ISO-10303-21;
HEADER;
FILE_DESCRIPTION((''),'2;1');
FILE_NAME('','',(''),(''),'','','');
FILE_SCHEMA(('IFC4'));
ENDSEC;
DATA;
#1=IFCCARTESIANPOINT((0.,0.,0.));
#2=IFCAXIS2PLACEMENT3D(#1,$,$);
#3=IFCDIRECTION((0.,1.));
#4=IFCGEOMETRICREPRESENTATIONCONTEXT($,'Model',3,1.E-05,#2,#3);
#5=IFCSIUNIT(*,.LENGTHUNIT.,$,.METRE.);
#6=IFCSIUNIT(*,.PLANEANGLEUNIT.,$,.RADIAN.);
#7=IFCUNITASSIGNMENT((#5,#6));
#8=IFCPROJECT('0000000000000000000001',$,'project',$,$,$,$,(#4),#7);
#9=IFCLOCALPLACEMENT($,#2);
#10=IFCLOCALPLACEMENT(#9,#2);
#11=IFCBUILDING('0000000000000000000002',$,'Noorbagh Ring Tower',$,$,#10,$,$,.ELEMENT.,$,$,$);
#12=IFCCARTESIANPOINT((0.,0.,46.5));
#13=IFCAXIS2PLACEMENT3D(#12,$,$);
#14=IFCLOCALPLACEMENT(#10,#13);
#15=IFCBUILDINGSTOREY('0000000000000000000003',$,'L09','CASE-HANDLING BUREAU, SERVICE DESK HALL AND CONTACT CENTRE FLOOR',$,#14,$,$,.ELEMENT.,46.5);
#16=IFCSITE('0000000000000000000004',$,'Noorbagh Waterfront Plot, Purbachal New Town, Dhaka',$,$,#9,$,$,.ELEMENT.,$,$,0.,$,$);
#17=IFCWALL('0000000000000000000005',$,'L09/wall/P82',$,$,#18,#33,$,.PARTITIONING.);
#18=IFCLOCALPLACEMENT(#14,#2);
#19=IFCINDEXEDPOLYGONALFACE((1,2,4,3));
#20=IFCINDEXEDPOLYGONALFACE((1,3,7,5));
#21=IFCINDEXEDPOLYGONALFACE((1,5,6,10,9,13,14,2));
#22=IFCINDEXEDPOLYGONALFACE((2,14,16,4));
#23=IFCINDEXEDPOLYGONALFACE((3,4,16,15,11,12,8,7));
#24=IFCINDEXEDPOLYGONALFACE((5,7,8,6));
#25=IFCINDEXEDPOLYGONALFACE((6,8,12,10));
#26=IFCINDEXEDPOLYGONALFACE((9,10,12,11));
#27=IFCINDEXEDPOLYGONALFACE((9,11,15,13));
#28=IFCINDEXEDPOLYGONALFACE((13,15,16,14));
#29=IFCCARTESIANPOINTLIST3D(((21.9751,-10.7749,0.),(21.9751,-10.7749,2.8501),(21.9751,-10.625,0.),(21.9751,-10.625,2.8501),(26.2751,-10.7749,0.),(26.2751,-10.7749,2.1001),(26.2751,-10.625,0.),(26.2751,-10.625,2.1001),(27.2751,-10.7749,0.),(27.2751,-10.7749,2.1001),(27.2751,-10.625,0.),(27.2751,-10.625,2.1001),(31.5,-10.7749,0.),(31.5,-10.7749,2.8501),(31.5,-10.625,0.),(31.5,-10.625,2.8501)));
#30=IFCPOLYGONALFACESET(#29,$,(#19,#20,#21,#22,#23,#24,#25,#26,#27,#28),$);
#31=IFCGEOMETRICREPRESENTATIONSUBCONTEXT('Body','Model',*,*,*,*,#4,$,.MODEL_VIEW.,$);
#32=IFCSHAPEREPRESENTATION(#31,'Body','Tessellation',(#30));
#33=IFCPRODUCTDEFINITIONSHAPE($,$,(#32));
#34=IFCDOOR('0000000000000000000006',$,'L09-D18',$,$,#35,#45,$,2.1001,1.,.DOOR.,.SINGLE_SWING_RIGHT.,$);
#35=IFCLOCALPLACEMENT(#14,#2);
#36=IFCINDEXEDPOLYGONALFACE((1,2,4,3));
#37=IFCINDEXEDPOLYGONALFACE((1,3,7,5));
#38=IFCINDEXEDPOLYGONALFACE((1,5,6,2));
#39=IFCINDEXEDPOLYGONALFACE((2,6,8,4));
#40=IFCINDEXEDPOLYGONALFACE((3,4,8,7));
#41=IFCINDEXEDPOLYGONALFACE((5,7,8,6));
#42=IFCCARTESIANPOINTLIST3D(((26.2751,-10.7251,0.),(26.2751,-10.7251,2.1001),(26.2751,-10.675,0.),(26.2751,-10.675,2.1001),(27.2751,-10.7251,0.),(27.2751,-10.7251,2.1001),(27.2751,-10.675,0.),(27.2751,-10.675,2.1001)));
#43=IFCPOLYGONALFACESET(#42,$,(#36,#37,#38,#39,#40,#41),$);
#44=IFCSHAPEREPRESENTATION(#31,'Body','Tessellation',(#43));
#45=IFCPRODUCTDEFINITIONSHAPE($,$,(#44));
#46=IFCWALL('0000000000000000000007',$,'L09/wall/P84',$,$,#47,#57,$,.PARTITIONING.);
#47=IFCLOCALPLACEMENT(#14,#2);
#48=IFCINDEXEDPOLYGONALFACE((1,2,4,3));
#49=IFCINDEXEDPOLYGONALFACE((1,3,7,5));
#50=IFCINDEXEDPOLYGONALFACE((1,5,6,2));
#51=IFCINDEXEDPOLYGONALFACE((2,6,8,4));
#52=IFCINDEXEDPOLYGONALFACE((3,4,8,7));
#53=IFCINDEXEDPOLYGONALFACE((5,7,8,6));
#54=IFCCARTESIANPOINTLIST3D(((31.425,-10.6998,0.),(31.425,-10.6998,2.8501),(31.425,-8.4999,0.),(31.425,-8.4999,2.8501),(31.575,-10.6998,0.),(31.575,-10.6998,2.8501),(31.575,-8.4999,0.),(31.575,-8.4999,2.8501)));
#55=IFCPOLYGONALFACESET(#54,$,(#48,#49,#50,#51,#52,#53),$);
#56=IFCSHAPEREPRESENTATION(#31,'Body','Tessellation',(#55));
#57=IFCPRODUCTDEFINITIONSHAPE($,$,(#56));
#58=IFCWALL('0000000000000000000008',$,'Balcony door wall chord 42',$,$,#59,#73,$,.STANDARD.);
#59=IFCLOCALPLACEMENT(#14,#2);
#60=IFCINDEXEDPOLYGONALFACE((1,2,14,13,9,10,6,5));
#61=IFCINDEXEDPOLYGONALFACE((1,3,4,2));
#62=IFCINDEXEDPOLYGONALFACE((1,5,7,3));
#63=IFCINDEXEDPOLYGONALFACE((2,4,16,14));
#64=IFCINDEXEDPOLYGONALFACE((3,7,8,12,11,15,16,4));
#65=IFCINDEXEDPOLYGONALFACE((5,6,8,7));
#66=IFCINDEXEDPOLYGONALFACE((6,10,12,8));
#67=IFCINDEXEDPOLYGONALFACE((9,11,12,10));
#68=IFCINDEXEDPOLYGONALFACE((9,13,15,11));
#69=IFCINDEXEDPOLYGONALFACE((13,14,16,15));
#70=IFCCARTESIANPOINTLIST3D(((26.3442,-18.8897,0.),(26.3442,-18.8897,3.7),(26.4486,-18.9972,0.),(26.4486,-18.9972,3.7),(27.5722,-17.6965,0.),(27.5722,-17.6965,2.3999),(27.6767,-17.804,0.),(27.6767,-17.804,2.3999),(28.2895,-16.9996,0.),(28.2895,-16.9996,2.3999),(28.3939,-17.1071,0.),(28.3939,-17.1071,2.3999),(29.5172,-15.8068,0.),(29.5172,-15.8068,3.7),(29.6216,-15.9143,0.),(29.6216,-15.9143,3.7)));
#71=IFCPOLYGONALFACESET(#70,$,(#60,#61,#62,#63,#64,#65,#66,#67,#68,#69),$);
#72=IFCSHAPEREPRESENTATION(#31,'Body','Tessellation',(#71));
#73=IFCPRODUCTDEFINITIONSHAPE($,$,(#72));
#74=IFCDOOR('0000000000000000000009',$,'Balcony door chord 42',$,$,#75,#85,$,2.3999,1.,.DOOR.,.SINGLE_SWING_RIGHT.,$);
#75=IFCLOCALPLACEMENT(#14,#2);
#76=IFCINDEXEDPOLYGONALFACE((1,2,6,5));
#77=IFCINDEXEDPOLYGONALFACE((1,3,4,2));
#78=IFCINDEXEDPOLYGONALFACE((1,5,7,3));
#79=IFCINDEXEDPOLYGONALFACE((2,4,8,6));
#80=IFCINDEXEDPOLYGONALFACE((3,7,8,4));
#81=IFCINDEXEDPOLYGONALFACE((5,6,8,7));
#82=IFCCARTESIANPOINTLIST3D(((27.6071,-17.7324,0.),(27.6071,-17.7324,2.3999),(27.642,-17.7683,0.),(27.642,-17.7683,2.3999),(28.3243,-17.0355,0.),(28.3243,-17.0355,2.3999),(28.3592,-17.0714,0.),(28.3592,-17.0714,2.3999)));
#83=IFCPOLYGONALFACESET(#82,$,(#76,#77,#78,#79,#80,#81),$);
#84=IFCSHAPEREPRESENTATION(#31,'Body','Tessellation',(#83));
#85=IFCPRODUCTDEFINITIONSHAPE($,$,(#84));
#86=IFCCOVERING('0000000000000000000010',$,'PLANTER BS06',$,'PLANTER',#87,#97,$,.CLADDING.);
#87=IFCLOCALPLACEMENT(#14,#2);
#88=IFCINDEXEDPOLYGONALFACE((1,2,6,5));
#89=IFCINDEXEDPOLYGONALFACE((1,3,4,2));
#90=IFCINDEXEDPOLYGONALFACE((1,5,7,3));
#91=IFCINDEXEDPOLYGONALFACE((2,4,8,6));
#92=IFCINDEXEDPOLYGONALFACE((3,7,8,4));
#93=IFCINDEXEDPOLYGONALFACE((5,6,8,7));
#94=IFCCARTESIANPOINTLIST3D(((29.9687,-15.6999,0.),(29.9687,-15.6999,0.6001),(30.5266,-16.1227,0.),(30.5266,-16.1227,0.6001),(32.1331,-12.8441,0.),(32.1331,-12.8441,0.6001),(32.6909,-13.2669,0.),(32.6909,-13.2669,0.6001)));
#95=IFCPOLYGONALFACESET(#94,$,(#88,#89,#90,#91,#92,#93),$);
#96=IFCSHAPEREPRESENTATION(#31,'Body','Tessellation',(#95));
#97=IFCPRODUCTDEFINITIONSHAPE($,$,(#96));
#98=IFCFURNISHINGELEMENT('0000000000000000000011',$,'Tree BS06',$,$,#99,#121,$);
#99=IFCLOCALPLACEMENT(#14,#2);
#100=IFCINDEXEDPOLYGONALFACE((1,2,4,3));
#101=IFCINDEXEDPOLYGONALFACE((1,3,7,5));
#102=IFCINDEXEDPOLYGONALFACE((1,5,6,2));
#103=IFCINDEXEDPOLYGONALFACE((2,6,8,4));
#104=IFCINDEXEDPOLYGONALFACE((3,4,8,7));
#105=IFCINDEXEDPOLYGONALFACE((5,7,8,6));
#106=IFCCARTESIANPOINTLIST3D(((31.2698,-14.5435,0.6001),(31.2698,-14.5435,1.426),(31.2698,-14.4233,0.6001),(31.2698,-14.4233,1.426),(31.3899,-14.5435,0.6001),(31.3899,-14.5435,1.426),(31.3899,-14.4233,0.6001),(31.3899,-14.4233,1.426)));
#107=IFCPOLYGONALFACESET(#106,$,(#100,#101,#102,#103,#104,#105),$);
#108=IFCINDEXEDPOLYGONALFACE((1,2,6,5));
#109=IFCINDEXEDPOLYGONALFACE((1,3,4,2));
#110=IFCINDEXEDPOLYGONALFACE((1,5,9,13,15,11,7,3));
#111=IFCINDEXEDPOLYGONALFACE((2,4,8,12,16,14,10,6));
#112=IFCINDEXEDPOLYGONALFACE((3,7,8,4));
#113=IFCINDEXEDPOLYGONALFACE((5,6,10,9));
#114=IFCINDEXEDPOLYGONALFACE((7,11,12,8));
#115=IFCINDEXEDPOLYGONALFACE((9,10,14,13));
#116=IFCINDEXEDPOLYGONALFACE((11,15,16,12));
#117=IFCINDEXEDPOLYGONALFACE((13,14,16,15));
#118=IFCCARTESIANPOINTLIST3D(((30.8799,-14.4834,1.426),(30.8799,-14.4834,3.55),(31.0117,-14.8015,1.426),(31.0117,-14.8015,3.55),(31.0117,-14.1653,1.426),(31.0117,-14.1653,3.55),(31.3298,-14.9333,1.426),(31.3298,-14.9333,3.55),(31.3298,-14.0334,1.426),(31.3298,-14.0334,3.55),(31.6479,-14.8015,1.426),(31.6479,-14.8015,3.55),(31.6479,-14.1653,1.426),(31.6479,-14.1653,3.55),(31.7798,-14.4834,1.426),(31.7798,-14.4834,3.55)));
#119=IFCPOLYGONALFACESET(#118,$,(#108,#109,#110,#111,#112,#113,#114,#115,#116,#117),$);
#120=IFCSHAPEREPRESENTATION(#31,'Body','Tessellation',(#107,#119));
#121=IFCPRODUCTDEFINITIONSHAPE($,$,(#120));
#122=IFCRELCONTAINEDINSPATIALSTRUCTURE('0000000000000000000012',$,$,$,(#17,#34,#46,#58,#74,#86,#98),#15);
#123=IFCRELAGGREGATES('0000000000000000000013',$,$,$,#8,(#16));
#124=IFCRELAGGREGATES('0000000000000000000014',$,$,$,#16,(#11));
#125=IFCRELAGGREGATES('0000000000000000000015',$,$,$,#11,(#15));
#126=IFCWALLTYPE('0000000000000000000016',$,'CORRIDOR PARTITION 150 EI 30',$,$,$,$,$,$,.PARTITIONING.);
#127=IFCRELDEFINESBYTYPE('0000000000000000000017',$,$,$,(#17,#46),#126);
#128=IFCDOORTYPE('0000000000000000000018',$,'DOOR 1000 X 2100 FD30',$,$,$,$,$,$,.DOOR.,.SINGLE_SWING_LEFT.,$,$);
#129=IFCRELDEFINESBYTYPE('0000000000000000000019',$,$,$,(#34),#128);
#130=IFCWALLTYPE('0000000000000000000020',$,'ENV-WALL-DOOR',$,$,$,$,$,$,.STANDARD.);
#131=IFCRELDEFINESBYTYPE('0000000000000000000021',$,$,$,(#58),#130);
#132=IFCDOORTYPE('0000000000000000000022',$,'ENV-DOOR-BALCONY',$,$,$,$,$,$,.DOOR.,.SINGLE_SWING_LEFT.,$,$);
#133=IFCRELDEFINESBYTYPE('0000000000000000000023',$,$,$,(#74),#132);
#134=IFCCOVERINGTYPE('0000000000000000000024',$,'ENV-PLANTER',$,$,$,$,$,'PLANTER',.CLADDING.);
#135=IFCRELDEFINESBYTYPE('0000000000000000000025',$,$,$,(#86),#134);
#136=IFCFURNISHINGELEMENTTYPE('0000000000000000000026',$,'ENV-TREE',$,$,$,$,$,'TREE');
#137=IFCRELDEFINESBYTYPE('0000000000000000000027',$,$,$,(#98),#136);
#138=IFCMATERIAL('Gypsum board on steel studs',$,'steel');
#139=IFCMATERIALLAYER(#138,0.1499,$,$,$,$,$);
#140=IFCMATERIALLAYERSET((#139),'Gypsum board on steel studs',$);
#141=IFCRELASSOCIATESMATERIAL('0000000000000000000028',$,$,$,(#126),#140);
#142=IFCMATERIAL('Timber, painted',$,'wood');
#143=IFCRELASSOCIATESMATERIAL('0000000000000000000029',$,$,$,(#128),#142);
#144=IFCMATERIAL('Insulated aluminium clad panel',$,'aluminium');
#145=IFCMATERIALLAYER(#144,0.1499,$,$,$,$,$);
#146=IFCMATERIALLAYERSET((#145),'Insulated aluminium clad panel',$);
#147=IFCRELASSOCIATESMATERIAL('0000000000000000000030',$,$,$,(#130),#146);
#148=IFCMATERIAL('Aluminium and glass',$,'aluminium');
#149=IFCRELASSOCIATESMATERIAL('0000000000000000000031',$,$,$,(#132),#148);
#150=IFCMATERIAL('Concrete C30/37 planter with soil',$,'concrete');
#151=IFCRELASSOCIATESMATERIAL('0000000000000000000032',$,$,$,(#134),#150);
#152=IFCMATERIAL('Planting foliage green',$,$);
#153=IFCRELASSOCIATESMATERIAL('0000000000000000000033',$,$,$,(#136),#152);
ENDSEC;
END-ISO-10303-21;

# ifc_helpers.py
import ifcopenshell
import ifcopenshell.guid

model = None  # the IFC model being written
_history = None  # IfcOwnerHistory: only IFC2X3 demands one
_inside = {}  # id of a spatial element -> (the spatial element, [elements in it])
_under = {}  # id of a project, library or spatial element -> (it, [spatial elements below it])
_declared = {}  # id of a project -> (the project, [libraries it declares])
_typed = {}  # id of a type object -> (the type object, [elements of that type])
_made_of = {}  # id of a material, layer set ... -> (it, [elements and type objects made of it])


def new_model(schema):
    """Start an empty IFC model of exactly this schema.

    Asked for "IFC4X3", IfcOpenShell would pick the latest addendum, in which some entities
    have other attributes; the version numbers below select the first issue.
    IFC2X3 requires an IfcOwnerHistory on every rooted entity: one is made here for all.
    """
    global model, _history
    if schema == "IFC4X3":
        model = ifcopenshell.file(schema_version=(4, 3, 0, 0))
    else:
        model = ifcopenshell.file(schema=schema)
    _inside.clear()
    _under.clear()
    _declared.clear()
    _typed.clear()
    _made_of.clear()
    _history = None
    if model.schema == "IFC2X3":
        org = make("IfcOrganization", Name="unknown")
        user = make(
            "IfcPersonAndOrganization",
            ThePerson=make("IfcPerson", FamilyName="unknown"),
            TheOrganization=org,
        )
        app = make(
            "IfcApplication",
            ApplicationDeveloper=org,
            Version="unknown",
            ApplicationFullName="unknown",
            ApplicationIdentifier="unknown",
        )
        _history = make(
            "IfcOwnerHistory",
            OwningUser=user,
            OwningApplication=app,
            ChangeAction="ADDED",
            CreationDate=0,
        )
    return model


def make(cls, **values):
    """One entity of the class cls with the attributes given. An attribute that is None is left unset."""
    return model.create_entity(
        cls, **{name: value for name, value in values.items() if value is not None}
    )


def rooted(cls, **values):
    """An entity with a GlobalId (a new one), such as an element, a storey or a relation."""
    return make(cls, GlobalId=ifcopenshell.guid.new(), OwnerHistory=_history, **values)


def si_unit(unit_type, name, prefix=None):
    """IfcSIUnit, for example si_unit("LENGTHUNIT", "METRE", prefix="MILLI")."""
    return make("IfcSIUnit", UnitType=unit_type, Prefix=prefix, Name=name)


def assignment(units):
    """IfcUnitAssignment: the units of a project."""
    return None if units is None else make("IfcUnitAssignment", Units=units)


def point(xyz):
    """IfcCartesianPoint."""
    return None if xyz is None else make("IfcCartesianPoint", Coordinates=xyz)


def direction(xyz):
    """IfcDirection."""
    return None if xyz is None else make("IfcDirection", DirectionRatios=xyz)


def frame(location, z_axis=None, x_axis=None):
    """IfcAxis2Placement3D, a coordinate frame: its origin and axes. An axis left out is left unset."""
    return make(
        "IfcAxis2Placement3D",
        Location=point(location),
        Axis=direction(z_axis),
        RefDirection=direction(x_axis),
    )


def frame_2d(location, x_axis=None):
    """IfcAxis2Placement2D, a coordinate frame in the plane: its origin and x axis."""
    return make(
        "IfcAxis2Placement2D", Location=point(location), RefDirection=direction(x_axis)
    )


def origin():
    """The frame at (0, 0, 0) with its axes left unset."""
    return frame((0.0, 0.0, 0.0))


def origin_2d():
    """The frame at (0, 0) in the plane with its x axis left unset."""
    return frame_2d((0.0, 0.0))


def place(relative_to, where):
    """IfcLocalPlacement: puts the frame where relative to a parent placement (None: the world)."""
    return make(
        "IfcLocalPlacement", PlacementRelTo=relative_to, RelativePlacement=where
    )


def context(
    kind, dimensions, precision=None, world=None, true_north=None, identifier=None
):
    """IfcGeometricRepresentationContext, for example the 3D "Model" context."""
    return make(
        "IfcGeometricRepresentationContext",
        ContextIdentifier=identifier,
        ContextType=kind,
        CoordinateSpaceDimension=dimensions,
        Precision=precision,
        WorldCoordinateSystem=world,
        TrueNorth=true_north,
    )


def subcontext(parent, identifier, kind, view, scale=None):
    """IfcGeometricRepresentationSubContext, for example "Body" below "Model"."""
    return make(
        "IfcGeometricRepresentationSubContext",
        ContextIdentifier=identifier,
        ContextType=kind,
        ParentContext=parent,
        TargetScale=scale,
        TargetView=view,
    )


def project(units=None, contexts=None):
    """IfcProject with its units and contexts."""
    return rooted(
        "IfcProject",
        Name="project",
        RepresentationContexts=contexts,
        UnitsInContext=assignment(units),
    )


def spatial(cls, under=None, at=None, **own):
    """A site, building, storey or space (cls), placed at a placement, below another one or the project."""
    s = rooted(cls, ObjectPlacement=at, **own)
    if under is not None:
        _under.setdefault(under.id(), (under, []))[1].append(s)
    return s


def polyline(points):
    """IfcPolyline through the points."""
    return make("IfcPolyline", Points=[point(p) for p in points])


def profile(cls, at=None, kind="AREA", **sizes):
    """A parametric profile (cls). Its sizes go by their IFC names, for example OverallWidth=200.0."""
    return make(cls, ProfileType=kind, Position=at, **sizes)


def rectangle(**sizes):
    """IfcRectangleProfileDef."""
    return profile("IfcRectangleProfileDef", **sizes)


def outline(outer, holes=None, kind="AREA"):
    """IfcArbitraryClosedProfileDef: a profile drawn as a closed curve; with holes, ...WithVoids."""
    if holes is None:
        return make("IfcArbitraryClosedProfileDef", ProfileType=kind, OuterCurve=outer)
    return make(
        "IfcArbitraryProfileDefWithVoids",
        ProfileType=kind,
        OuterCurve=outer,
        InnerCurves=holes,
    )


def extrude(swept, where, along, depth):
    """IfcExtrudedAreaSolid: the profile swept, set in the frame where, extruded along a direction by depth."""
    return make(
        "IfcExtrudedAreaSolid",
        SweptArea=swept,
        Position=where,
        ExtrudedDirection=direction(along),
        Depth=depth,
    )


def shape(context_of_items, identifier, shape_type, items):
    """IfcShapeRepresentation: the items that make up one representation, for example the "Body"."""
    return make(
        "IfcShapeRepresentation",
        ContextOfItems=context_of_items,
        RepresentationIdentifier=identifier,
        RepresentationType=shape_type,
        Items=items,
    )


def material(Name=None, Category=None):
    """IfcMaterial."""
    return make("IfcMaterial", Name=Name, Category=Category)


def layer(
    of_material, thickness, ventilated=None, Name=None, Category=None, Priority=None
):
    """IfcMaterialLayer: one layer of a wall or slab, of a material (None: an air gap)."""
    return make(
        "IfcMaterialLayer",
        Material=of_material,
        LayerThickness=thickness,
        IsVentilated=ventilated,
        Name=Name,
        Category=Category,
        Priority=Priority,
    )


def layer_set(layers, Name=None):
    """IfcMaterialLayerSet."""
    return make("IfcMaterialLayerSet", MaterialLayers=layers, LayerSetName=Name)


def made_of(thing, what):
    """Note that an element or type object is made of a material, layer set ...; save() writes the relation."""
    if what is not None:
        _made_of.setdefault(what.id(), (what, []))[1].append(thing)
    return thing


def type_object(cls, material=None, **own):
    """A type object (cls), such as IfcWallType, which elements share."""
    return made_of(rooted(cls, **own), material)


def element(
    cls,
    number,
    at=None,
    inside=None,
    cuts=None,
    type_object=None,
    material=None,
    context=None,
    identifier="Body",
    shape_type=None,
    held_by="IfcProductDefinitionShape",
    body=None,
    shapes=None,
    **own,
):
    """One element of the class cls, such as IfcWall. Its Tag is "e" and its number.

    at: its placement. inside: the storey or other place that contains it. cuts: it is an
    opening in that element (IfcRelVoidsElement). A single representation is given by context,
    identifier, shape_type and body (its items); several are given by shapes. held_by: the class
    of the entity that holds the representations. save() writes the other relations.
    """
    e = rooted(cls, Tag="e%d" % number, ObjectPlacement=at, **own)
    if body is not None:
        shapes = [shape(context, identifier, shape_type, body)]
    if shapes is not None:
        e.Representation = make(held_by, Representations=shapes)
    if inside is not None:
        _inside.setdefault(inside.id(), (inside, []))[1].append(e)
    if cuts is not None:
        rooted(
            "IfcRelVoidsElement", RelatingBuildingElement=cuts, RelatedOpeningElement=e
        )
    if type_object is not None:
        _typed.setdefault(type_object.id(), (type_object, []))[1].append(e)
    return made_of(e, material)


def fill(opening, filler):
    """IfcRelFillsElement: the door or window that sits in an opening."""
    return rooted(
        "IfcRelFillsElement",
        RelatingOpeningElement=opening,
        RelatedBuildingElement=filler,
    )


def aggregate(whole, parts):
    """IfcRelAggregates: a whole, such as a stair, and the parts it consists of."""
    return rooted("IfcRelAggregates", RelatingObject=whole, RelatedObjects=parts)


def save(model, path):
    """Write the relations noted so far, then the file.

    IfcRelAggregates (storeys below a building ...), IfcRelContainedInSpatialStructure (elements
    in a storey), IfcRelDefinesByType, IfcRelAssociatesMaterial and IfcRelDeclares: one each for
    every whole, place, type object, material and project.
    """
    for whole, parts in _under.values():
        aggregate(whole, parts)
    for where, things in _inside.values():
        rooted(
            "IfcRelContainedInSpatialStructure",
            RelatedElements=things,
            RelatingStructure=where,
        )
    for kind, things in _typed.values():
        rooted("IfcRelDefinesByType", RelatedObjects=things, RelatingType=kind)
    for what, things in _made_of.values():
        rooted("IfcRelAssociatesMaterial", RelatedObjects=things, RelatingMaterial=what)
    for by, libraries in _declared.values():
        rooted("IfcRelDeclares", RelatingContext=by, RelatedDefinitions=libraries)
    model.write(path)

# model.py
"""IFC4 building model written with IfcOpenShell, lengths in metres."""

from ifc_helpers import new_model, si_unit, direction, frame, frame_2d, origin, origin_2d, place, context, subcontext, project, spatial, polyline, rectangle, outline, extrude, material, layer, layer_set, type_object, element, fill, save


model = new_model("IFC4")

# Units and contexts
model_context = context("Model", 3, precision=1e-05, world=origin(), true_north=direction((0.0, 1.0)))
body_context = subcontext(model_context, "Body", "Model", "MODEL_VIEW")
ifc_project = project(units=[si_unit("LENGTHUNIT", "METRE"), si_unit("PLANEANGLEUNIT", "RADIAN")], contexts=[model_context])

# Site, building, storey
site_placement = place(None, origin())
site = spatial("IfcSite", under=ifc_project, at=site_placement, Name="Noorbagh Waterfront Plot, Purbachal New Town, Dhaka", CompositionType="ELEMENT", RefElevation=0.0)
building_placement = place(site_placement, origin())
building = spatial("IfcBuilding", under=site, at=building_placement, Name="Noorbagh Ring Tower", CompositionType="ELEMENT")
storey_placement = place(building_placement, frame((0.0, 0.0, 46.5)))
storey = spatial("IfcBuildingStorey", under=building, at=storey_placement, Name="L09", Description="CASE-HANDLING BUREAU, SERVICE DESK HALL AND CONTACT CENTRE FLOOR", CompositionType="ELEMENT", Elevation=46.5)

# Shared definitions
ifc_material_1 = material(Name="Gypsum board on steel studs", Category="steel")
ifc_layer_1 = layer(ifc_material_1, 0.1499)
ifc_layer_set_1 = layer_set([ifc_layer_1], Name="Gypsum board on steel studs")
wall_type_1 = type_object("IfcWallType", Name="CORRIDOR PARTITION 150 EI 30", PredefinedType="PARTITIONING", material=ifc_layer_set_1)

# Wall, opening, door
wall_1_placement = place(storey_placement, frame((21.9751, -10.7, 0.0), z_axis=(0.0, 0.0, 1.0), x_axis=(1.0, 0.0, 0.0)))
wall_1 = element("IfcWall", 1, at=wall_1_placement, inside=storey, type_object=wall_type_1, Name="L09/wall/P82", PredefinedType="PARTITIONING", context=body_context, shape_type="SweptSolid", body=[
    extrude(rectangle(XDim=9.5249, YDim=0.1499, at=frame_2d((4.7625, 0.0))), origin(), (0.0, 0.0, 1.0), 2.8501),
])
opening_1_placement = place(wall_1_placement, frame((4.3, 0.0, 0.0)))
opening_1 = element("IfcOpeningElement", 2, at=opening_1_placement, cuts=wall_1, PredefinedType="OPENING", context=body_context, shape_type="SweptSolid", body=[
    extrude(rectangle(XDim=1.0, YDim=2.1001, at=frame_2d((0.5, 1.05))), frame((0.0, 0.085, 0.0), z_axis=(0.0, -1.0, 0.0), x_axis=(1.0, 0.0, 0.0)), (0.0, 0.0, 1.0), 0.1699),
])
ifc_material_2 = material(Name="Timber, painted", Category="wood")
door_type_1 = type_object("IfcDoorType", Name="DOOR 1000 X 2100 FD30", OperationType="SINGLE_SWING_LEFT", PredefinedType="DOOR", material=ifc_material_2)
door_1_placement = place(opening_1_placement, origin())
door_1 = element("IfcDoor", 3, at=door_1_placement, inside=storey, type_object=door_type_1, Name="L09-D18", OperationType="SINGLE_SWING_RIGHT", OverallHeight=2.1001, OverallWidth=1.0, PredefinedType="DOOR", context=body_context, shape_type="SweptSolid", body=[
    extrude(rectangle(XDim=1.0, YDim=2.1001, at=frame_2d((0.5, 1.05))), frame((0.0, 0.0249, 0.0), z_axis=(0.0, -1.0, 0.0), x_axis=(1.0, 0.0, 0.0)), (0.0, 0.0, 1.0), 0.05),
])
fill(opening_1, door_1)

# Wall
wall_2_placement = place(storey_placement, frame((31.5, -10.7, 0.0), z_axis=(0.0, 0.0, 1.0), x_axis=(0.0, 1.0, 0.0)))
element("IfcWall", 4, at=wall_2_placement, inside=storey, type_object=wall_type_1, Name="L09/wall/P84", PredefinedType="PARTITIONING", context=body_context, shape_type="SweptSolid", body=[
    extrude(rectangle(XDim=2.2, YDim=0.1499, at=frame_2d((1.1001, 0.0))), origin(), (0.0, 0.0, 1.0), 2.8501),
])

# Wall, opening, door
ifc_material_3 = material(Name="Insulated aluminium clad panel", Category="aluminium")
ifc_layer_2 = layer(ifc_material_3, 0.1499)
ifc_layer_set_2 = layer_set([ifc_layer_2], Name="Insulated aluminium clad panel")
wall_type_2 = type_object("IfcWallType", Name="ENV-WALL-DOOR", PredefinedType="STANDARD", material=ifc_layer_set_2)
wall_3_placement = place(storey_placement, frame((26.3965, -18.9434, 0.0), z_axis=(0.0, 0.0, 1.0), x_axis=(0.717215, 0.696852, 0.0)))
wall_3 = element("IfcWall", 5, at=wall_3_placement, inside=storey, type_object=wall_type_2, Name="Balcony door wall chord 42", PredefinedType="STANDARD", context=body_context, shape_type="SweptSolid", body=[
    extrude(rectangle(XDim=4.4241, YDim=0.1499, at=frame_2d((2.2119, 0.0))), origin(), (0.0, 0.0, 1.0), 3.7),
])
opening_2_placement = place(wall_3_placement, frame((1.7122, 0.0, 0.0)))
opening_2 = element("IfcOpeningElement", 6, at=opening_2_placement, cuts=wall_3, PredefinedType="OPENING", context=body_context, shape_type="SweptSolid", body=[
    extrude(rectangle(XDim=1.0, YDim=2.3999, at=frame_2d((0.5, 1.2))), frame((0.0, 0.085, 0.0), z_axis=(0.0, -1.0, 0.0), x_axis=(1.0, 0.0, 0.0)), (0.0, 0.0, 1.0), 0.1699),
])
ifc_material_4 = material(Name="Aluminium and glass", Category="aluminium")
door_type_2 = type_object("IfcDoorType", Name="ENV-DOOR-BALCONY", OperationType="SINGLE_SWING_LEFT", PredefinedType="DOOR", material=ifc_material_4)
door_2_placement = place(opening_2_placement, origin())
door_2 = element("IfcDoor", 7, at=door_2_placement, inside=storey, type_object=door_type_2, Name="Balcony door chord 42", OperationType="SINGLE_SWING_RIGHT", OverallHeight=2.3999, OverallWidth=1.0, PredefinedType="DOOR", context=body_context, shape_type="SweptSolid", body=[
    extrude(rectangle(XDim=1.0, YDim=2.3999, at=frame_2d((0.5, 1.2))), frame((0.0, 0.0249, 0.0), z_axis=(0.0, -1.0, 0.0), x_axis=(1.0, 0.0, 0.0)), (0.0, 0.0, 1.0), 0.05),
])
fill(opening_2, door_2)

# Covering
ifc_material_5 = material(Name="Concrete C30/37 planter with soil", Category="concrete")
covering_type = type_object("IfcCoveringType", Name="ENV-PLANTER", ElementType="PLANTER", PredefinedType="CLADDING", material=ifc_material_5)
covering_placement = place(storey_placement, frame((31.3298, -14.4834, 0.0), z_axis=(0.0, 0.0, 1.0), x_axis=(0.60402, 0.796969, 0.0)))
element("IfcCovering", 8, at=covering_placement, inside=storey, type_object=covering_type, Name="PLANTER BS06", ObjectType="PLANTER", PredefinedType="CLADDING", context=body_context, shape_type="SweptSolid", body=[
    extrude(rectangle(XDim=3.5833, YDim=0.7, at=origin_2d()), origin(), (0.0, 0.0, 1.0), 0.6001),
])

# Furnishing element
ifc_material_6 = material(Name="Planting foliage green")
furnishing_element_type = type_object("IfcFurnishingElementType", Name="ENV-TREE", ElementType="TREE", material=ifc_material_6)
furnishing_placement = place(storey_placement, frame((31.3298, -14.4834, 0.6001), z_axis=(0.0, 0.0, 1.0), x_axis=(1.0, 0.0, 0.0)))
element("IfcFurnishingElement", 9, at=furnishing_placement, inside=storey, type_object=furnishing_element_type, Name="Tree BS06", context=body_context, shape_type="SweptSolid", body=[
    extrude(rectangle(XDim=0.1201, YDim=0.1201, at=origin_2d()), origin(), (0.0, 0.0, 1.0), 0.8259),
    extrude(outline(polyline([(0.45, 0.0), (0.3181, 0.3181), (0.0, 0.45), (-0.3181, 0.3181), (-0.45, 0.0), (-0.3181, -0.3181), (0.0, -0.45), (0.3181, -0.3181), (0.45, 0.0)])), frame((0.0, 0.0, 0.8259)), (0.0, 0.0, 1.0), 2.124),
])

save(model, "model.ifc")
